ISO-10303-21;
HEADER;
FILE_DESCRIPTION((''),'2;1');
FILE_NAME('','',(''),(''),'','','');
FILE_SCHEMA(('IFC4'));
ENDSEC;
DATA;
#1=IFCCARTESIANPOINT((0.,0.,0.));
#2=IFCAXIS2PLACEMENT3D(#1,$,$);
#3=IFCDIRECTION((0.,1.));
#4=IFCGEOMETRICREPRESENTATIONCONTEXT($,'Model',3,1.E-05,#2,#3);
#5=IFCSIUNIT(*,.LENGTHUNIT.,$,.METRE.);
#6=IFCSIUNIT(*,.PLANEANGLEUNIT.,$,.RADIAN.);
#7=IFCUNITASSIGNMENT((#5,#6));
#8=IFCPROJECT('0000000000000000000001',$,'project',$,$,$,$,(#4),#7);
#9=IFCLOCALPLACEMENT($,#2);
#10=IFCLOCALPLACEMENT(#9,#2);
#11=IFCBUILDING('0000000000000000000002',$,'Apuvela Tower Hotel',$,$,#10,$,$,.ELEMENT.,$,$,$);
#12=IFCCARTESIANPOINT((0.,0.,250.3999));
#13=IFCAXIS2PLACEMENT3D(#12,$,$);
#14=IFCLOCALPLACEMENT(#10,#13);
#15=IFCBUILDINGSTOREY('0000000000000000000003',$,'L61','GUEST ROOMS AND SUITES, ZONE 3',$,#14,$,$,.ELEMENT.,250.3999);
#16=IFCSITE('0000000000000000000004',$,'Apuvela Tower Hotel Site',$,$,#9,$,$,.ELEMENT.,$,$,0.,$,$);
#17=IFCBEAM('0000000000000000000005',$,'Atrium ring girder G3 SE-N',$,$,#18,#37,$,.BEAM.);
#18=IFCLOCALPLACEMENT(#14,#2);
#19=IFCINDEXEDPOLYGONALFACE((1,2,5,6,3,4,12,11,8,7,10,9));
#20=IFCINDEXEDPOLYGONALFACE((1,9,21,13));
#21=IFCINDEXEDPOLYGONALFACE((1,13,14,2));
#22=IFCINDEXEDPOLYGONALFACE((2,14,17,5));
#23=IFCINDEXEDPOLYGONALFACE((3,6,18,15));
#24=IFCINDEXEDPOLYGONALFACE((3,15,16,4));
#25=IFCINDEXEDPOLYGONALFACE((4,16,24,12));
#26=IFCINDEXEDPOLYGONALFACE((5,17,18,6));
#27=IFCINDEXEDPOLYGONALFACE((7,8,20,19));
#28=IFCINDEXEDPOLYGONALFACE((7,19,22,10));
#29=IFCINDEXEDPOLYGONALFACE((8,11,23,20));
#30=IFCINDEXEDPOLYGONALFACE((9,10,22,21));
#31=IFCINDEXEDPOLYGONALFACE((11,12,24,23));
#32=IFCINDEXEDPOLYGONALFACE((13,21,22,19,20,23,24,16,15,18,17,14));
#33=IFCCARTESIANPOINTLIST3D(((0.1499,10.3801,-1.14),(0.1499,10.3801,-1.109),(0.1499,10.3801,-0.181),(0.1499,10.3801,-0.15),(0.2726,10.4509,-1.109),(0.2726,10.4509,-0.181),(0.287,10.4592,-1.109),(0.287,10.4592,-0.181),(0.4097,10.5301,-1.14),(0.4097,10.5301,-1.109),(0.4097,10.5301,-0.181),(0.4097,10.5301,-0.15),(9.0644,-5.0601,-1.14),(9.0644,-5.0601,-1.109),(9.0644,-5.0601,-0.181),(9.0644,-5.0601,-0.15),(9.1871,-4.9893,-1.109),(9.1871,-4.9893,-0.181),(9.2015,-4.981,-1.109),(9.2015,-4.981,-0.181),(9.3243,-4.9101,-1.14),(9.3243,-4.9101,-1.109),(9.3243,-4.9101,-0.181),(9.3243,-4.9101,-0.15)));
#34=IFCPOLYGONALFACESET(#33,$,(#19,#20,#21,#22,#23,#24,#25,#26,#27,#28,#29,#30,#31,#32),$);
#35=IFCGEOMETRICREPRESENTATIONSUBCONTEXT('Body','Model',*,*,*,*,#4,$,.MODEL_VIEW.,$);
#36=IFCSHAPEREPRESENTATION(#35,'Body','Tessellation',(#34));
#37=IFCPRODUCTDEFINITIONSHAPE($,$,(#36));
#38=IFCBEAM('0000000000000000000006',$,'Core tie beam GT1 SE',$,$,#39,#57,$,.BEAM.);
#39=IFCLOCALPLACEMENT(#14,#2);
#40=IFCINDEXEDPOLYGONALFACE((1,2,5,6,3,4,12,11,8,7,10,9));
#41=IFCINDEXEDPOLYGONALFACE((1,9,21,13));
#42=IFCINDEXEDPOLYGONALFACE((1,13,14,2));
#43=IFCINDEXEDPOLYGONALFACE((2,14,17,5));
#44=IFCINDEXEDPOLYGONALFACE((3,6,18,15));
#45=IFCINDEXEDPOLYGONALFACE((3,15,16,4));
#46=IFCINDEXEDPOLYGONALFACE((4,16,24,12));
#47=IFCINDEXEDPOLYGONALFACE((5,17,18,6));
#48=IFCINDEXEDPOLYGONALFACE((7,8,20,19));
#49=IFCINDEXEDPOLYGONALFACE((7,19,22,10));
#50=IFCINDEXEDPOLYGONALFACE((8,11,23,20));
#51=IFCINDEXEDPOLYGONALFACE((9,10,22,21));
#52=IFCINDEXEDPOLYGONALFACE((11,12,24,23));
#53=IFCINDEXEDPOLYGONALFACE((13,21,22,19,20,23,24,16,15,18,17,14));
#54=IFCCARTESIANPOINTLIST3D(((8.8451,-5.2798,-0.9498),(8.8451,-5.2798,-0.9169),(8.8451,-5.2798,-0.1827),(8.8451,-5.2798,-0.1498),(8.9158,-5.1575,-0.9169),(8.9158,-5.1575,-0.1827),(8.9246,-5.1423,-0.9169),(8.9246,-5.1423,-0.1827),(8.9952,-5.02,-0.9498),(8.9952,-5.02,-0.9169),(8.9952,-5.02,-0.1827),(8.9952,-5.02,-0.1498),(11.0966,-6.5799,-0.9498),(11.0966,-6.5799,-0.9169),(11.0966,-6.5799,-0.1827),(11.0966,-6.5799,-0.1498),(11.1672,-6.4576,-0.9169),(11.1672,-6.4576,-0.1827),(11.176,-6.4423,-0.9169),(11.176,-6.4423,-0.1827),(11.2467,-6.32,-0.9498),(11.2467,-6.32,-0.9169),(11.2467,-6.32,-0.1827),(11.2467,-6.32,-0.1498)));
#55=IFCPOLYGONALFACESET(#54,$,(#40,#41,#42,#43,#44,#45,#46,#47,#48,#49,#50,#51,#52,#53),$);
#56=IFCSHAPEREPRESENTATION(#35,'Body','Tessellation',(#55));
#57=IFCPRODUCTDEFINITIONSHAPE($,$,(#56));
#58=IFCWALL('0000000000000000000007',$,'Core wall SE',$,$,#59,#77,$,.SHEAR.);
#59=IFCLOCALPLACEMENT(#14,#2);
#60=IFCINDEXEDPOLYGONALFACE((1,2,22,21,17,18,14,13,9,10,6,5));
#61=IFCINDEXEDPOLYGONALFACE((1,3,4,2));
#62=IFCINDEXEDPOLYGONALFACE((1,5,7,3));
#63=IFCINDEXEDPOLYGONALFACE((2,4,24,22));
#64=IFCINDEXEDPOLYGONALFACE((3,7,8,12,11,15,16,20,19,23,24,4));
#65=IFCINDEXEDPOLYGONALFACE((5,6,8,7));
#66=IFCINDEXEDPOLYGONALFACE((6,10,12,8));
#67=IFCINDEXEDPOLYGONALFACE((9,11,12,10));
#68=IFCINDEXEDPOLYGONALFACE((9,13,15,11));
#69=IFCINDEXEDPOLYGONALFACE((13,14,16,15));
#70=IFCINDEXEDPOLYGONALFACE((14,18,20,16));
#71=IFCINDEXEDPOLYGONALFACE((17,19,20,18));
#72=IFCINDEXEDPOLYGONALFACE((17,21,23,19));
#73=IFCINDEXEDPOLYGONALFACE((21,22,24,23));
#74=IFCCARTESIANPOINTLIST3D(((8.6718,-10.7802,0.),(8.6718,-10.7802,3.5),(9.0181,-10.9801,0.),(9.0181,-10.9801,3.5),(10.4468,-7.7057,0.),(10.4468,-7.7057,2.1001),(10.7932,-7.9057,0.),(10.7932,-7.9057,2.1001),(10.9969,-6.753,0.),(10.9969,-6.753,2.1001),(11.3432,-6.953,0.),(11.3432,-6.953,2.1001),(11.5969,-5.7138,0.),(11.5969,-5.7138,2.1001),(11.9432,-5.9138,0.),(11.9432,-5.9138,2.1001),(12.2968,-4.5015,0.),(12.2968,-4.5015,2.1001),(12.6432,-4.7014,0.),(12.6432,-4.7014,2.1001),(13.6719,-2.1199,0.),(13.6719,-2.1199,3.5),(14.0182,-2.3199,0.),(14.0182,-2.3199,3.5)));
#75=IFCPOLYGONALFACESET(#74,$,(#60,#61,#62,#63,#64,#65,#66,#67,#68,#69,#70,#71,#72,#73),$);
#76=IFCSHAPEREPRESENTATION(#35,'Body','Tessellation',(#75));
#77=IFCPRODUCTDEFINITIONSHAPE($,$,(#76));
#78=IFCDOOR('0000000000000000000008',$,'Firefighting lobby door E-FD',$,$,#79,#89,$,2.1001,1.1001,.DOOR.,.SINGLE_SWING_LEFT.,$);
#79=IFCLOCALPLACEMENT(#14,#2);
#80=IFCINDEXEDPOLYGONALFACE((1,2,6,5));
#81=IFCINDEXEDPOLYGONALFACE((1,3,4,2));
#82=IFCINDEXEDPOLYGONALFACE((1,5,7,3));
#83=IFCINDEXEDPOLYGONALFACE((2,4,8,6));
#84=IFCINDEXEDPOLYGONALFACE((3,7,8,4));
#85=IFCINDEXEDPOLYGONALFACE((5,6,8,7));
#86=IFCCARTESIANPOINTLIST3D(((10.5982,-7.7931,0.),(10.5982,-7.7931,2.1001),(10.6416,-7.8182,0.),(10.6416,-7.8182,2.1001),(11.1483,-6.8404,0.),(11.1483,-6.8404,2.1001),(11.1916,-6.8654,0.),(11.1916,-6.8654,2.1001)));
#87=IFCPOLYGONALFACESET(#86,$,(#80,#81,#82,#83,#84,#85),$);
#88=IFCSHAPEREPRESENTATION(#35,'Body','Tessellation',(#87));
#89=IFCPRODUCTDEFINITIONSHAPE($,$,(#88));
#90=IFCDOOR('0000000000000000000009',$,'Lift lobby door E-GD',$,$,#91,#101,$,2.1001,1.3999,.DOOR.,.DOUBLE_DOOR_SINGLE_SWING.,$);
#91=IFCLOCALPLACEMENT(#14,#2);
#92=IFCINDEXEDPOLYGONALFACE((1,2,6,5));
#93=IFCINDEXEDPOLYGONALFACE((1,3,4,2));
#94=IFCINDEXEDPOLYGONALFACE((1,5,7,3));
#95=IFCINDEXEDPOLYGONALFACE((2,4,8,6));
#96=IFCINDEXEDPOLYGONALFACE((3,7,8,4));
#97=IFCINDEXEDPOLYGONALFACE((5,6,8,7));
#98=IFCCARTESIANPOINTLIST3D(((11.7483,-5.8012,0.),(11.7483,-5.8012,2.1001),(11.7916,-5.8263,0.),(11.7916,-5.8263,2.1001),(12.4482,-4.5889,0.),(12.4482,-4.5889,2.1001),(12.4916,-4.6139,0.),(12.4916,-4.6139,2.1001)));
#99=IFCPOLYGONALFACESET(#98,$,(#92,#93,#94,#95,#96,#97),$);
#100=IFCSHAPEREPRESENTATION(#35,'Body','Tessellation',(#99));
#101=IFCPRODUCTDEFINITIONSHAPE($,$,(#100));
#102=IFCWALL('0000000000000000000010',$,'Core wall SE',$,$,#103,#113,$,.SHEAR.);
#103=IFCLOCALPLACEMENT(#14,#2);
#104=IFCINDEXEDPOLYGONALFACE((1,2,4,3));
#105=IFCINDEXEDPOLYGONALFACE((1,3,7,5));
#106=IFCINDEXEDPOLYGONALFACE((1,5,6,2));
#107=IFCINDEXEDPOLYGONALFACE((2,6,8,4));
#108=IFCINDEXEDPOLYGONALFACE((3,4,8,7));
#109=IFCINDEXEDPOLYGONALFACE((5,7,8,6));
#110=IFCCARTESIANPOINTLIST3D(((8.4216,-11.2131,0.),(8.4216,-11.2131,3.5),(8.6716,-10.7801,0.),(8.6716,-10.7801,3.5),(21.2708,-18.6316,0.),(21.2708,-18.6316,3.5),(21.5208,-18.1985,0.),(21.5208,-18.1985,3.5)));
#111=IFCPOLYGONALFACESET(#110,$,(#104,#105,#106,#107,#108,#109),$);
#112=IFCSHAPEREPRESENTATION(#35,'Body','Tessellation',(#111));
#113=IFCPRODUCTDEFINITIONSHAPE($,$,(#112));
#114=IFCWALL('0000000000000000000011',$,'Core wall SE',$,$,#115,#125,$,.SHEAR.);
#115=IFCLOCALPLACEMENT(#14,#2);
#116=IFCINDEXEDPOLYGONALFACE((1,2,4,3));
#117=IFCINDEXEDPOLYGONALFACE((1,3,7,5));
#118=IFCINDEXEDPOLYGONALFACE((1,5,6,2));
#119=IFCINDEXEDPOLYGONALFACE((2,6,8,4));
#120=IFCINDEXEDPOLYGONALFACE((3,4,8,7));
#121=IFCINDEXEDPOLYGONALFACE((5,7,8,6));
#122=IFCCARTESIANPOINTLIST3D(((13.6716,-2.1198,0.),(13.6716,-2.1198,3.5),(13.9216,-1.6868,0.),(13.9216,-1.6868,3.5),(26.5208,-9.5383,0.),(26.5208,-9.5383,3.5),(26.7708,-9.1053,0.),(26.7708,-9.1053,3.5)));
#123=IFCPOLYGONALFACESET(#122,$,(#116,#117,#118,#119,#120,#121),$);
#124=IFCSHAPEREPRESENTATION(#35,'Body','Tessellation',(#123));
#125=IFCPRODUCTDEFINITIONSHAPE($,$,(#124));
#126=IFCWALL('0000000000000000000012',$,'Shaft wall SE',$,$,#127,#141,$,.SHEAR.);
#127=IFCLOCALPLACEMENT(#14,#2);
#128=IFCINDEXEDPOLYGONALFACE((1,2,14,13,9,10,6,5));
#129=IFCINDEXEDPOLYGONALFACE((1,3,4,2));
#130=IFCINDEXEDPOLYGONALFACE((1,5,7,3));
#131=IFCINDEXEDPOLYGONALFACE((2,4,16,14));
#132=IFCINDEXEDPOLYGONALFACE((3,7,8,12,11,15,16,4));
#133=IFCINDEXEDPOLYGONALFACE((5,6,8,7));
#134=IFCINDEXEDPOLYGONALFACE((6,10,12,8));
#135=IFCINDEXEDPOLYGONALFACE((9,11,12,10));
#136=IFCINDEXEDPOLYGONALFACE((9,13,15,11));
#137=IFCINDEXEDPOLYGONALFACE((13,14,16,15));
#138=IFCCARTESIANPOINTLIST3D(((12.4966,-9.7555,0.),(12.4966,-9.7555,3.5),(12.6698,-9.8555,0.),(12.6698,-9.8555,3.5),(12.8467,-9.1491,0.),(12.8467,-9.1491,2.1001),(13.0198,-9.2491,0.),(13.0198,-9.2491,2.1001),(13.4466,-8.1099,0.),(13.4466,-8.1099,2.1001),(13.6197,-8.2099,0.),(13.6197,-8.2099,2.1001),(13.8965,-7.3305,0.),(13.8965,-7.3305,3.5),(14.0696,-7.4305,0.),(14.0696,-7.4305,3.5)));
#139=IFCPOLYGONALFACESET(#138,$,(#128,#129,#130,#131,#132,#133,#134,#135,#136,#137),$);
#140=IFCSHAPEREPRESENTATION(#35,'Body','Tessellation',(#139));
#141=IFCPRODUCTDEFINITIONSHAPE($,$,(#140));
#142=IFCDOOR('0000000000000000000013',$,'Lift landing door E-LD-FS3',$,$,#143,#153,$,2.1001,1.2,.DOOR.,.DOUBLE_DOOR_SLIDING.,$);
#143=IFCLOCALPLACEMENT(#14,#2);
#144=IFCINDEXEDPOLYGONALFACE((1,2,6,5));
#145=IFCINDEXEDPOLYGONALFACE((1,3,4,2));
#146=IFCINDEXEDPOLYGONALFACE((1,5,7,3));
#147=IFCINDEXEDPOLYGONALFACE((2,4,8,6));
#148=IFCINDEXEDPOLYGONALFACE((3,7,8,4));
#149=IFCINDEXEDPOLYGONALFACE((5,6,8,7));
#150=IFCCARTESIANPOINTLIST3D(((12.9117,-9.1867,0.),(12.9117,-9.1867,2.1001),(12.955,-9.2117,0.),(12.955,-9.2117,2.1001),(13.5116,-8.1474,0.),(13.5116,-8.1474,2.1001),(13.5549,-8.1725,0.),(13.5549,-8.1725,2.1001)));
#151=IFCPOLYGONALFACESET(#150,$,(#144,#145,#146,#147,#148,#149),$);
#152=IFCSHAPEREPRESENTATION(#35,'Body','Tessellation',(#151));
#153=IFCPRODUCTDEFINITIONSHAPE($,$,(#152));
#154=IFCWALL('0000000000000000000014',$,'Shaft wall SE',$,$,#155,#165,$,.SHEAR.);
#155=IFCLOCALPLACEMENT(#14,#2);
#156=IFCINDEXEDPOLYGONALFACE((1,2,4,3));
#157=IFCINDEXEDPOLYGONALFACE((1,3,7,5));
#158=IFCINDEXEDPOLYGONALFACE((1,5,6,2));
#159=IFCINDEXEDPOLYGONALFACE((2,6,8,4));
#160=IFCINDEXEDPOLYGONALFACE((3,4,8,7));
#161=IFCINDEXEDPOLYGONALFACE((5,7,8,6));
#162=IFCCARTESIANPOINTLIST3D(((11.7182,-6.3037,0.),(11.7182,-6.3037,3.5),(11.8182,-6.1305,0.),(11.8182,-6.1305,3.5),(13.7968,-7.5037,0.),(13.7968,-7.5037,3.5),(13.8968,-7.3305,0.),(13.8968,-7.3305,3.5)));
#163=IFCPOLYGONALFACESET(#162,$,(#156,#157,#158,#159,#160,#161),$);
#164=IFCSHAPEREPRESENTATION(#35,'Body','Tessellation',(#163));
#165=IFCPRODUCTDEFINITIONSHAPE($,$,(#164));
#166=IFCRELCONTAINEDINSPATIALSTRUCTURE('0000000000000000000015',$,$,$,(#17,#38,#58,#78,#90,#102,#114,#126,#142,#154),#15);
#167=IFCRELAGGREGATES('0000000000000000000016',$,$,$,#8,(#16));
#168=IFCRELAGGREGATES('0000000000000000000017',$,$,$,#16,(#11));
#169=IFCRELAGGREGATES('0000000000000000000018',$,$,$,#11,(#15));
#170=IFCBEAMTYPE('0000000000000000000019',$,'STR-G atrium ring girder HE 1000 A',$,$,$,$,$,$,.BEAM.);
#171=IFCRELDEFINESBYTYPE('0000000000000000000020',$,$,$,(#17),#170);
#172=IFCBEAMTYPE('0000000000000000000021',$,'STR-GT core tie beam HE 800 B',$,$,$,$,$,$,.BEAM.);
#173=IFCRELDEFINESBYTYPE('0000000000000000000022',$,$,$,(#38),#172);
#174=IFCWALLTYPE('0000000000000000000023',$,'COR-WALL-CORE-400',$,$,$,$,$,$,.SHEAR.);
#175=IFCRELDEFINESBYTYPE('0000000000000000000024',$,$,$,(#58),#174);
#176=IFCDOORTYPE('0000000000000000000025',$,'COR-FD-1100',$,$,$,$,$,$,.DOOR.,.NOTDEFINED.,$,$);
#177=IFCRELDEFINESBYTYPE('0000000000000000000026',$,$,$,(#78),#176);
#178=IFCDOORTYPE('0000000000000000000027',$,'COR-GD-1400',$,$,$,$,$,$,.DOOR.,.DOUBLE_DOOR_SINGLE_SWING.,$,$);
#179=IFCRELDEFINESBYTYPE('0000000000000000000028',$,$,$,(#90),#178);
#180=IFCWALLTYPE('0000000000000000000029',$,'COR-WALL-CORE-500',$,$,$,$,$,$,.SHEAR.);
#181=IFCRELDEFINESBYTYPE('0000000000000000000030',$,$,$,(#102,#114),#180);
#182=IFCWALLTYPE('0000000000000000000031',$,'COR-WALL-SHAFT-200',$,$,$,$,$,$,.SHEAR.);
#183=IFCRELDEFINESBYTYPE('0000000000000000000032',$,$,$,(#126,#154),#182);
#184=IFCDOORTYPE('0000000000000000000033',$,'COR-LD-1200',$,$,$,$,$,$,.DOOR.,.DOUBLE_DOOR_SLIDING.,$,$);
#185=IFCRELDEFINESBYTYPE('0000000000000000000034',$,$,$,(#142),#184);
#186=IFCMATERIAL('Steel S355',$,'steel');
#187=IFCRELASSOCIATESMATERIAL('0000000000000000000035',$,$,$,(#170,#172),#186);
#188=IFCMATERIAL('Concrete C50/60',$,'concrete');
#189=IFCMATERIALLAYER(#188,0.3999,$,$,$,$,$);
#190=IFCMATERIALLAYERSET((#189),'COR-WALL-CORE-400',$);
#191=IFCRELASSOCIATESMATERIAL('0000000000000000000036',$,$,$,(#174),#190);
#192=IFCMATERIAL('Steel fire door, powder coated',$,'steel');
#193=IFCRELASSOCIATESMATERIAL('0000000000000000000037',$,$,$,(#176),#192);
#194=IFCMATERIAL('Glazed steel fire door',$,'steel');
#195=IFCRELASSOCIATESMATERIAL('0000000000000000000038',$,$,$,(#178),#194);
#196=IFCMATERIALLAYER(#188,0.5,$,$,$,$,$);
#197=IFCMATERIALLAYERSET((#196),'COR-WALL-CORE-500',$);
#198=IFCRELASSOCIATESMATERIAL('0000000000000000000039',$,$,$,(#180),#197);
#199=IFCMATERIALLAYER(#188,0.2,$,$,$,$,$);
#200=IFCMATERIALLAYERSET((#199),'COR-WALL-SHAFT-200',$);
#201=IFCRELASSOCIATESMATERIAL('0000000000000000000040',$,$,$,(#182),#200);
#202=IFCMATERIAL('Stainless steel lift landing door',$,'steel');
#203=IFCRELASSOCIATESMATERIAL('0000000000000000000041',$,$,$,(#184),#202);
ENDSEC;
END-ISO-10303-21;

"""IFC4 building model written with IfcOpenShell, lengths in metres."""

from ifc_helpers import new_model, si_unit, direction, frame, frame_2d, origin, origin_2d, place, context, subcontext, project, spatial, rectangle, i_section, extrude, material, layer, layer_set, material_profile, profile_set, type_object, element, fill, save


model = new_model("IFC4")

# Units and contexts
model_context = context("Model", 3, precision=1e-05, world=origin(), true_north=direction((0.0, 1.0)))
body_context = subcontext(model_context, "Body", "Model", "MODEL_VIEW")
ifc_project = project(units=[si_unit("LENGTHUNIT", "METRE"), si_unit("PLANEANGLEUNIT", "RADIAN")], contexts=[model_context])

# Site, building, storey
site_placement = place(None, origin())
site = spatial("IfcSite", under=ifc_project, at=site_placement, Name="Apuvela Tower Hotel Site", CompositionType="ELEMENT", RefElevation=0.0)
building_placement = place(site_placement, origin())
building = spatial("IfcBuilding", under=site, at=building_placement, Name="Apuvela Tower Hotel", CompositionType="ELEMENT")
storey_placement = place(building_placement, frame((0.0, 0.0, 250.3999)))
storey = spatial("IfcBuildingStorey", under=building, at=storey_placement, Name="L61", Description="GUEST ROOMS AND SUITES, ZONE 3", CompositionType="ELEMENT", Elevation=250.3999)

# Beams
ifc_material_1 = material(Name="Steel S355", Category="steel")
ifc_material_profile_1 = material_profile(ifc_material_1, i_section(OverallWidth=0.3, OverallDepth=0.99, WebThickness=0.0166, FlangeThickness=0.031, at=origin_2d()), Name="HE 1000 A")
ifc_profile_set_1 = profile_set([ifc_material_profile_1], Name="Steel S355")
beam_type_1 = type_object("IfcBeamType", Name="STR-G atrium ring girder HE 1000 A", PredefinedType="BEAM", material=ifc_profile_set_1)
beam_1_placement = place(storey_placement, frame((9.1943, -4.9851, -0.645), z_axis=(-0.500007, 0.866022, 0.0), x_axis=(-0.866022, -0.500007, 0.0)))
element("IfcBeam", 1, at=beam_1_placement, inside=storey, type_object=beam_type_1, Name="Atrium ring girder G3 SE-N", PredefinedType="BEAM", context=body_context, shape_type="SweptSolid", body=[
    extrude(i_section(OverallWidth=0.3, OverallDepth=0.99, WebThickness=0.0166, FlangeThickness=0.031, at=origin_2d()), origin(), (0.0, 0.0, 1.0), 17.8289),
])
ifc_material_profile_2 = material_profile(ifc_material_1, i_section(OverallWidth=0.3, OverallDepth=0.8, WebThickness=0.0176, FlangeThickness=0.033, at=origin_2d()), Name="HE 800 B")
ifc_profile_set_2 = profile_set([ifc_material_profile_2], Name="Steel S355")
beam_type_2 = type_object("IfcBeamType", Name="STR-GT core tie beam HE 800 B", PredefinedType="BEAM", material=ifc_profile_set_2)
beam_2_placement = place(storey_placement, frame((11.1716, -6.45, -0.5498), z_axis=(-0.865998, 0.500048, 0.0), x_axis=(-0.500048, -0.865998, 0.0)))
element("IfcBeam", 2, at=beam_2_placement, inside=storey, type_object=beam_type_2, Name="Core tie beam GT1 SE", PredefinedType="BEAM", context=body_context, shape_type="SweptSolid", body=[
    extrude(i_section(OverallWidth=0.3, OverallDepth=0.8, WebThickness=0.0176, FlangeThickness=0.033, at=origin_2d()), origin(), (0.0, 0.0, 1.0), 2.5999),
])

# Wall, openings, doors
ifc_material_2 = material(Name="Concrete C50/60", Category="concrete")
ifc_layer_1 = layer(ifc_material_2, 0.3999)
ifc_layer_set_1 = layer_set([ifc_layer_1], Name="COR-WALL-CORE-400")
wall_type_1 = type_object("IfcWallType", Name="COR-WALL-CORE-400", PredefinedType="SHEAR", material=ifc_layer_set_1)
wall_1_placement = place(storey_placement, frame((8.845, -10.8801, 0.0), z_axis=(0.0, 0.0, 1.0), x_axis=(0.500004, 0.866023, 0.0)))
wall_1 = element("IfcWall", 3, at=wall_1_placement, inside=storey, type_object=wall_type_1, Name="Core wall SE", PredefinedType="SHEAR", context=body_context, shape_type="SweptSolid", body=[
    extrude(rectangle(XDim=10.0, YDim=0.3999, at=frame_2d((5.0, 0.0))), origin(), (0.0, 0.0, 1.0), 3.5),
])
opening_1_placement = place(wall_1_placement, frame((3.55, 0.0, 0.0)))
opening_1 = element("IfcOpeningElement", 4, at=opening_1_placement, cuts=wall_1, PredefinedType="OPENING", context=body_context, shape_type="SweptSolid", body=[
    extrude(rectangle(XDim=1.1001, YDim=2.1001, at=frame_2d((0.55, 1.05))), frame((0.0, 0.21, 0.0), z_axis=(0.0, -1.0, 0.0), x_axis=(1.0, 0.0, 0.0)), (0.0, 0.0, 1.0), 0.4199),
])
opening_2_placement = place(wall_1_placement, frame((5.8501, 0.0, 0.0)))
opening_2 = element("IfcOpeningElement", 5, at=opening_2_placement, cuts=wall_1, PredefinedType="OPENING", context=body_context, shape_type="SweptSolid", body=[
    extrude(rectangle(XDim=1.3999, YDim=2.1001, at=frame_2d((0.7, 1.05))), frame((0.0, 0.21, 0.0), z_axis=(0.0, -1.0, 0.0), x_axis=(1.0, 0.0, 0.0)), (0.0, 0.0, 1.0), 0.4199),
])
ifc_material_3 = material(Name="Steel fire door, powder coated", Category="steel")
door_type_1 = type_object("IfcDoorType", Name="COR-FD-1100", OperationType="NOTDEFINED", PredefinedType="DOOR", material=ifc_material_3)
door_1_placement = place(opening_1_placement, frame((1.1001, 0.0, 0.0), z_axis=(0.0, 0.0, 1.0), x_axis=(-1.0, 0.0, 0.0)))
door_1 = element("IfcDoor", 6, at=door_1_placement, inside=storey, type_object=door_type_1, Name="Firefighting lobby door E-FD", OperationType="SINGLE_SWING_LEFT", OverallHeight=2.1001, OverallWidth=1.1001, PredefinedType="DOOR", context=body_context, shape_type="SweptSolid", body=[
    extrude(rectangle(XDim=1.1001, YDim=2.1001, at=frame_2d((0.55, 1.05))), frame((0.0, 0.0249, 0.0), z_axis=(0.0, -1.0, 0.0), x_axis=(1.0, 0.0, 0.0)), (0.0, 0.0, 1.0), 0.05),
])
fill(opening_1, door_1)
ifc_material_4 = material(Name="Glazed steel fire door", Category="steel")
door_type_2 = type_object("IfcDoorType", Name="COR-GD-1400", OperationType="DOUBLE_DOOR_SINGLE_SWING", PredefinedType="DOOR", material=ifc_material_4)
door_2_placement = place(opening_2_placement, frame((1.3999, 0.0, 0.0), z_axis=(0.0, 0.0, 1.0), x_axis=(-1.0, 0.0, 0.0)))
door_2 = element("IfcDoor", 7, at=door_2_placement, inside=storey, type_object=door_type_2, Name="Lift lobby door E-GD", OperationType="DOUBLE_DOOR_SINGLE_SWING", OverallHeight=2.1001, OverallWidth=1.3999, PredefinedType="DOOR", context=body_context, shape_type="SweptSolid", body=[
    extrude(rectangle(XDim=1.3999, YDim=2.1001, at=frame_2d((0.7, 1.05))), frame((0.0, 0.0249, 0.0), z_axis=(0.0, -1.0, 0.0), x_axis=(1.0, 0.0, 0.0)), (0.0, 0.0, 1.0), 0.05),
])
fill(opening_2, door_2)

# Walls
ifc_layer_2 = layer(ifc_material_2, 0.5)
ifc_layer_set_2 = layer_set([ifc_layer_2], Name="COR-WALL-CORE-500")
wall_type_2 = type_object("IfcWallType", Name="COR-WALL-CORE-500", PredefinedType="SHEAR", material=ifc_layer_set_2)
for number, where, z_axis, x_axis, name in (
    (8, (8.5466, -10.9966, 0.0), (0.0, 0.0, 1.0), (0.866025, -0.500001, 0.0), "Core wall SE"),
    (9, (13.7966, -1.9033, 0.0), (0.0, 0.0, 1.0), (0.866025, -0.500001, 0.0), "Core wall SE"),
):
    element("IfcWall", number, at=place(storey_placement, frame(where, z_axis=z_axis, x_axis=x_axis)), inside=storey, type_object=wall_type_2, Name=name, PredefinedType="SHEAR", context=body_context, shape_type="SweptSolid", body=[
        extrude(rectangle(XDim=14.8369, YDim=0.5, at=frame_2d((7.4185, 0.0))), origin(), (0.0, 0.0, 1.0), 3.5),
    ])

# Wall, opening, door
ifc_layer_3 = layer(ifc_material_2, 0.2)
ifc_layer_set_3 = layer_set([ifc_layer_3], Name="COR-WALL-SHAFT-200")
wall_type_3 = type_object("IfcWallType", Name="COR-WALL-SHAFT-200", PredefinedType="SHEAR", material=ifc_layer_set_3)
wall_2_placement = place(storey_placement, frame((12.5833, -9.8054, 0.0), z_axis=(0.0, 0.0, 1.0), x_axis=(0.499946, 0.866056, 0.0)))
wall_2 = element("IfcWall", 10, at=wall_2_placement, inside=storey, type_object=wall_type_3, Name="Shaft wall SE", PredefinedType="SHEAR", context=body_context, shape_type="SweptSolid", body=[
    extrude(rectangle(XDim=2.8, YDim=0.2, at=frame_2d((1.3999, 0.0))), origin(), (0.0, 0.0, 1.0), 3.5),
])
opening_3_placement = place(wall_2_placement, frame((0.7, 0.0, 0.0)))
opening_3 = element("IfcOpeningElement", 11, at=opening_3_placement, cuts=wall_2, PredefinedType="OPENING", context=body_context, shape_type="SweptSolid", body=[
    extrude(rectangle(XDim=1.2, YDim=2.1001, at=frame_2d((0.6001, 1.05))), frame((0.0, 0.1099, 0.0), z_axis=(0.0, -1.0, 0.0), x_axis=(1.0, 0.0, 0.0)), (0.0, 0.0, 1.0), 0.22),
])
ifc_material_5 = material(Name="Stainless steel lift landing door", Category="steel")
door_type_3 = type_object("IfcDoorType", Name="COR-LD-1200", OperationType="DOUBLE_DOOR_SLIDING", PredefinedType="DOOR", material=ifc_material_5)
door_3_placement = place(opening_3_placement, origin())
door_3 = element("IfcDoor", 12, at=door_3_placement, inside=storey, type_object=door_type_3, Name="Lift landing door E-LD-FS3", OperationType="DOUBLE_DOOR_SLIDING", OverallHeight=2.1001, OverallWidth=1.2, PredefinedType="DOOR", context=body_context, shape_type="SweptSolid", body=[
    extrude(rectangle(XDim=1.2, YDim=2.1001, at=frame_2d((0.6001, 1.05))), frame((0.0, 0.0249, 0.0), z_axis=(0.0, -1.0, 0.0), x_axis=(1.0, 0.0, 0.0)), (0.0, 0.0, 1.0), 0.05),
])
fill(opening_3, door_3)

# Wall
wall_3_placement = place(storey_placement, frame((11.7681, -6.217, 0.0), z_axis=(0.0, 0.0, 1.0), x_axis=(0.86605, -0.499957, 0.0)))
element("IfcWall", 13, at=wall_3_placement, inside=storey, type_object=wall_type_3, Name="Shaft wall SE", PredefinedType="SHEAR", context=body_context, shape_type="SweptSolid", body=[
    extrude(rectangle(XDim=2.4001, YDim=0.2, at=frame_2d((1.2002, 0.0))), origin(), (0.0, 0.0, 1.0), 3.5),
])

save(model, "model.ifc")
